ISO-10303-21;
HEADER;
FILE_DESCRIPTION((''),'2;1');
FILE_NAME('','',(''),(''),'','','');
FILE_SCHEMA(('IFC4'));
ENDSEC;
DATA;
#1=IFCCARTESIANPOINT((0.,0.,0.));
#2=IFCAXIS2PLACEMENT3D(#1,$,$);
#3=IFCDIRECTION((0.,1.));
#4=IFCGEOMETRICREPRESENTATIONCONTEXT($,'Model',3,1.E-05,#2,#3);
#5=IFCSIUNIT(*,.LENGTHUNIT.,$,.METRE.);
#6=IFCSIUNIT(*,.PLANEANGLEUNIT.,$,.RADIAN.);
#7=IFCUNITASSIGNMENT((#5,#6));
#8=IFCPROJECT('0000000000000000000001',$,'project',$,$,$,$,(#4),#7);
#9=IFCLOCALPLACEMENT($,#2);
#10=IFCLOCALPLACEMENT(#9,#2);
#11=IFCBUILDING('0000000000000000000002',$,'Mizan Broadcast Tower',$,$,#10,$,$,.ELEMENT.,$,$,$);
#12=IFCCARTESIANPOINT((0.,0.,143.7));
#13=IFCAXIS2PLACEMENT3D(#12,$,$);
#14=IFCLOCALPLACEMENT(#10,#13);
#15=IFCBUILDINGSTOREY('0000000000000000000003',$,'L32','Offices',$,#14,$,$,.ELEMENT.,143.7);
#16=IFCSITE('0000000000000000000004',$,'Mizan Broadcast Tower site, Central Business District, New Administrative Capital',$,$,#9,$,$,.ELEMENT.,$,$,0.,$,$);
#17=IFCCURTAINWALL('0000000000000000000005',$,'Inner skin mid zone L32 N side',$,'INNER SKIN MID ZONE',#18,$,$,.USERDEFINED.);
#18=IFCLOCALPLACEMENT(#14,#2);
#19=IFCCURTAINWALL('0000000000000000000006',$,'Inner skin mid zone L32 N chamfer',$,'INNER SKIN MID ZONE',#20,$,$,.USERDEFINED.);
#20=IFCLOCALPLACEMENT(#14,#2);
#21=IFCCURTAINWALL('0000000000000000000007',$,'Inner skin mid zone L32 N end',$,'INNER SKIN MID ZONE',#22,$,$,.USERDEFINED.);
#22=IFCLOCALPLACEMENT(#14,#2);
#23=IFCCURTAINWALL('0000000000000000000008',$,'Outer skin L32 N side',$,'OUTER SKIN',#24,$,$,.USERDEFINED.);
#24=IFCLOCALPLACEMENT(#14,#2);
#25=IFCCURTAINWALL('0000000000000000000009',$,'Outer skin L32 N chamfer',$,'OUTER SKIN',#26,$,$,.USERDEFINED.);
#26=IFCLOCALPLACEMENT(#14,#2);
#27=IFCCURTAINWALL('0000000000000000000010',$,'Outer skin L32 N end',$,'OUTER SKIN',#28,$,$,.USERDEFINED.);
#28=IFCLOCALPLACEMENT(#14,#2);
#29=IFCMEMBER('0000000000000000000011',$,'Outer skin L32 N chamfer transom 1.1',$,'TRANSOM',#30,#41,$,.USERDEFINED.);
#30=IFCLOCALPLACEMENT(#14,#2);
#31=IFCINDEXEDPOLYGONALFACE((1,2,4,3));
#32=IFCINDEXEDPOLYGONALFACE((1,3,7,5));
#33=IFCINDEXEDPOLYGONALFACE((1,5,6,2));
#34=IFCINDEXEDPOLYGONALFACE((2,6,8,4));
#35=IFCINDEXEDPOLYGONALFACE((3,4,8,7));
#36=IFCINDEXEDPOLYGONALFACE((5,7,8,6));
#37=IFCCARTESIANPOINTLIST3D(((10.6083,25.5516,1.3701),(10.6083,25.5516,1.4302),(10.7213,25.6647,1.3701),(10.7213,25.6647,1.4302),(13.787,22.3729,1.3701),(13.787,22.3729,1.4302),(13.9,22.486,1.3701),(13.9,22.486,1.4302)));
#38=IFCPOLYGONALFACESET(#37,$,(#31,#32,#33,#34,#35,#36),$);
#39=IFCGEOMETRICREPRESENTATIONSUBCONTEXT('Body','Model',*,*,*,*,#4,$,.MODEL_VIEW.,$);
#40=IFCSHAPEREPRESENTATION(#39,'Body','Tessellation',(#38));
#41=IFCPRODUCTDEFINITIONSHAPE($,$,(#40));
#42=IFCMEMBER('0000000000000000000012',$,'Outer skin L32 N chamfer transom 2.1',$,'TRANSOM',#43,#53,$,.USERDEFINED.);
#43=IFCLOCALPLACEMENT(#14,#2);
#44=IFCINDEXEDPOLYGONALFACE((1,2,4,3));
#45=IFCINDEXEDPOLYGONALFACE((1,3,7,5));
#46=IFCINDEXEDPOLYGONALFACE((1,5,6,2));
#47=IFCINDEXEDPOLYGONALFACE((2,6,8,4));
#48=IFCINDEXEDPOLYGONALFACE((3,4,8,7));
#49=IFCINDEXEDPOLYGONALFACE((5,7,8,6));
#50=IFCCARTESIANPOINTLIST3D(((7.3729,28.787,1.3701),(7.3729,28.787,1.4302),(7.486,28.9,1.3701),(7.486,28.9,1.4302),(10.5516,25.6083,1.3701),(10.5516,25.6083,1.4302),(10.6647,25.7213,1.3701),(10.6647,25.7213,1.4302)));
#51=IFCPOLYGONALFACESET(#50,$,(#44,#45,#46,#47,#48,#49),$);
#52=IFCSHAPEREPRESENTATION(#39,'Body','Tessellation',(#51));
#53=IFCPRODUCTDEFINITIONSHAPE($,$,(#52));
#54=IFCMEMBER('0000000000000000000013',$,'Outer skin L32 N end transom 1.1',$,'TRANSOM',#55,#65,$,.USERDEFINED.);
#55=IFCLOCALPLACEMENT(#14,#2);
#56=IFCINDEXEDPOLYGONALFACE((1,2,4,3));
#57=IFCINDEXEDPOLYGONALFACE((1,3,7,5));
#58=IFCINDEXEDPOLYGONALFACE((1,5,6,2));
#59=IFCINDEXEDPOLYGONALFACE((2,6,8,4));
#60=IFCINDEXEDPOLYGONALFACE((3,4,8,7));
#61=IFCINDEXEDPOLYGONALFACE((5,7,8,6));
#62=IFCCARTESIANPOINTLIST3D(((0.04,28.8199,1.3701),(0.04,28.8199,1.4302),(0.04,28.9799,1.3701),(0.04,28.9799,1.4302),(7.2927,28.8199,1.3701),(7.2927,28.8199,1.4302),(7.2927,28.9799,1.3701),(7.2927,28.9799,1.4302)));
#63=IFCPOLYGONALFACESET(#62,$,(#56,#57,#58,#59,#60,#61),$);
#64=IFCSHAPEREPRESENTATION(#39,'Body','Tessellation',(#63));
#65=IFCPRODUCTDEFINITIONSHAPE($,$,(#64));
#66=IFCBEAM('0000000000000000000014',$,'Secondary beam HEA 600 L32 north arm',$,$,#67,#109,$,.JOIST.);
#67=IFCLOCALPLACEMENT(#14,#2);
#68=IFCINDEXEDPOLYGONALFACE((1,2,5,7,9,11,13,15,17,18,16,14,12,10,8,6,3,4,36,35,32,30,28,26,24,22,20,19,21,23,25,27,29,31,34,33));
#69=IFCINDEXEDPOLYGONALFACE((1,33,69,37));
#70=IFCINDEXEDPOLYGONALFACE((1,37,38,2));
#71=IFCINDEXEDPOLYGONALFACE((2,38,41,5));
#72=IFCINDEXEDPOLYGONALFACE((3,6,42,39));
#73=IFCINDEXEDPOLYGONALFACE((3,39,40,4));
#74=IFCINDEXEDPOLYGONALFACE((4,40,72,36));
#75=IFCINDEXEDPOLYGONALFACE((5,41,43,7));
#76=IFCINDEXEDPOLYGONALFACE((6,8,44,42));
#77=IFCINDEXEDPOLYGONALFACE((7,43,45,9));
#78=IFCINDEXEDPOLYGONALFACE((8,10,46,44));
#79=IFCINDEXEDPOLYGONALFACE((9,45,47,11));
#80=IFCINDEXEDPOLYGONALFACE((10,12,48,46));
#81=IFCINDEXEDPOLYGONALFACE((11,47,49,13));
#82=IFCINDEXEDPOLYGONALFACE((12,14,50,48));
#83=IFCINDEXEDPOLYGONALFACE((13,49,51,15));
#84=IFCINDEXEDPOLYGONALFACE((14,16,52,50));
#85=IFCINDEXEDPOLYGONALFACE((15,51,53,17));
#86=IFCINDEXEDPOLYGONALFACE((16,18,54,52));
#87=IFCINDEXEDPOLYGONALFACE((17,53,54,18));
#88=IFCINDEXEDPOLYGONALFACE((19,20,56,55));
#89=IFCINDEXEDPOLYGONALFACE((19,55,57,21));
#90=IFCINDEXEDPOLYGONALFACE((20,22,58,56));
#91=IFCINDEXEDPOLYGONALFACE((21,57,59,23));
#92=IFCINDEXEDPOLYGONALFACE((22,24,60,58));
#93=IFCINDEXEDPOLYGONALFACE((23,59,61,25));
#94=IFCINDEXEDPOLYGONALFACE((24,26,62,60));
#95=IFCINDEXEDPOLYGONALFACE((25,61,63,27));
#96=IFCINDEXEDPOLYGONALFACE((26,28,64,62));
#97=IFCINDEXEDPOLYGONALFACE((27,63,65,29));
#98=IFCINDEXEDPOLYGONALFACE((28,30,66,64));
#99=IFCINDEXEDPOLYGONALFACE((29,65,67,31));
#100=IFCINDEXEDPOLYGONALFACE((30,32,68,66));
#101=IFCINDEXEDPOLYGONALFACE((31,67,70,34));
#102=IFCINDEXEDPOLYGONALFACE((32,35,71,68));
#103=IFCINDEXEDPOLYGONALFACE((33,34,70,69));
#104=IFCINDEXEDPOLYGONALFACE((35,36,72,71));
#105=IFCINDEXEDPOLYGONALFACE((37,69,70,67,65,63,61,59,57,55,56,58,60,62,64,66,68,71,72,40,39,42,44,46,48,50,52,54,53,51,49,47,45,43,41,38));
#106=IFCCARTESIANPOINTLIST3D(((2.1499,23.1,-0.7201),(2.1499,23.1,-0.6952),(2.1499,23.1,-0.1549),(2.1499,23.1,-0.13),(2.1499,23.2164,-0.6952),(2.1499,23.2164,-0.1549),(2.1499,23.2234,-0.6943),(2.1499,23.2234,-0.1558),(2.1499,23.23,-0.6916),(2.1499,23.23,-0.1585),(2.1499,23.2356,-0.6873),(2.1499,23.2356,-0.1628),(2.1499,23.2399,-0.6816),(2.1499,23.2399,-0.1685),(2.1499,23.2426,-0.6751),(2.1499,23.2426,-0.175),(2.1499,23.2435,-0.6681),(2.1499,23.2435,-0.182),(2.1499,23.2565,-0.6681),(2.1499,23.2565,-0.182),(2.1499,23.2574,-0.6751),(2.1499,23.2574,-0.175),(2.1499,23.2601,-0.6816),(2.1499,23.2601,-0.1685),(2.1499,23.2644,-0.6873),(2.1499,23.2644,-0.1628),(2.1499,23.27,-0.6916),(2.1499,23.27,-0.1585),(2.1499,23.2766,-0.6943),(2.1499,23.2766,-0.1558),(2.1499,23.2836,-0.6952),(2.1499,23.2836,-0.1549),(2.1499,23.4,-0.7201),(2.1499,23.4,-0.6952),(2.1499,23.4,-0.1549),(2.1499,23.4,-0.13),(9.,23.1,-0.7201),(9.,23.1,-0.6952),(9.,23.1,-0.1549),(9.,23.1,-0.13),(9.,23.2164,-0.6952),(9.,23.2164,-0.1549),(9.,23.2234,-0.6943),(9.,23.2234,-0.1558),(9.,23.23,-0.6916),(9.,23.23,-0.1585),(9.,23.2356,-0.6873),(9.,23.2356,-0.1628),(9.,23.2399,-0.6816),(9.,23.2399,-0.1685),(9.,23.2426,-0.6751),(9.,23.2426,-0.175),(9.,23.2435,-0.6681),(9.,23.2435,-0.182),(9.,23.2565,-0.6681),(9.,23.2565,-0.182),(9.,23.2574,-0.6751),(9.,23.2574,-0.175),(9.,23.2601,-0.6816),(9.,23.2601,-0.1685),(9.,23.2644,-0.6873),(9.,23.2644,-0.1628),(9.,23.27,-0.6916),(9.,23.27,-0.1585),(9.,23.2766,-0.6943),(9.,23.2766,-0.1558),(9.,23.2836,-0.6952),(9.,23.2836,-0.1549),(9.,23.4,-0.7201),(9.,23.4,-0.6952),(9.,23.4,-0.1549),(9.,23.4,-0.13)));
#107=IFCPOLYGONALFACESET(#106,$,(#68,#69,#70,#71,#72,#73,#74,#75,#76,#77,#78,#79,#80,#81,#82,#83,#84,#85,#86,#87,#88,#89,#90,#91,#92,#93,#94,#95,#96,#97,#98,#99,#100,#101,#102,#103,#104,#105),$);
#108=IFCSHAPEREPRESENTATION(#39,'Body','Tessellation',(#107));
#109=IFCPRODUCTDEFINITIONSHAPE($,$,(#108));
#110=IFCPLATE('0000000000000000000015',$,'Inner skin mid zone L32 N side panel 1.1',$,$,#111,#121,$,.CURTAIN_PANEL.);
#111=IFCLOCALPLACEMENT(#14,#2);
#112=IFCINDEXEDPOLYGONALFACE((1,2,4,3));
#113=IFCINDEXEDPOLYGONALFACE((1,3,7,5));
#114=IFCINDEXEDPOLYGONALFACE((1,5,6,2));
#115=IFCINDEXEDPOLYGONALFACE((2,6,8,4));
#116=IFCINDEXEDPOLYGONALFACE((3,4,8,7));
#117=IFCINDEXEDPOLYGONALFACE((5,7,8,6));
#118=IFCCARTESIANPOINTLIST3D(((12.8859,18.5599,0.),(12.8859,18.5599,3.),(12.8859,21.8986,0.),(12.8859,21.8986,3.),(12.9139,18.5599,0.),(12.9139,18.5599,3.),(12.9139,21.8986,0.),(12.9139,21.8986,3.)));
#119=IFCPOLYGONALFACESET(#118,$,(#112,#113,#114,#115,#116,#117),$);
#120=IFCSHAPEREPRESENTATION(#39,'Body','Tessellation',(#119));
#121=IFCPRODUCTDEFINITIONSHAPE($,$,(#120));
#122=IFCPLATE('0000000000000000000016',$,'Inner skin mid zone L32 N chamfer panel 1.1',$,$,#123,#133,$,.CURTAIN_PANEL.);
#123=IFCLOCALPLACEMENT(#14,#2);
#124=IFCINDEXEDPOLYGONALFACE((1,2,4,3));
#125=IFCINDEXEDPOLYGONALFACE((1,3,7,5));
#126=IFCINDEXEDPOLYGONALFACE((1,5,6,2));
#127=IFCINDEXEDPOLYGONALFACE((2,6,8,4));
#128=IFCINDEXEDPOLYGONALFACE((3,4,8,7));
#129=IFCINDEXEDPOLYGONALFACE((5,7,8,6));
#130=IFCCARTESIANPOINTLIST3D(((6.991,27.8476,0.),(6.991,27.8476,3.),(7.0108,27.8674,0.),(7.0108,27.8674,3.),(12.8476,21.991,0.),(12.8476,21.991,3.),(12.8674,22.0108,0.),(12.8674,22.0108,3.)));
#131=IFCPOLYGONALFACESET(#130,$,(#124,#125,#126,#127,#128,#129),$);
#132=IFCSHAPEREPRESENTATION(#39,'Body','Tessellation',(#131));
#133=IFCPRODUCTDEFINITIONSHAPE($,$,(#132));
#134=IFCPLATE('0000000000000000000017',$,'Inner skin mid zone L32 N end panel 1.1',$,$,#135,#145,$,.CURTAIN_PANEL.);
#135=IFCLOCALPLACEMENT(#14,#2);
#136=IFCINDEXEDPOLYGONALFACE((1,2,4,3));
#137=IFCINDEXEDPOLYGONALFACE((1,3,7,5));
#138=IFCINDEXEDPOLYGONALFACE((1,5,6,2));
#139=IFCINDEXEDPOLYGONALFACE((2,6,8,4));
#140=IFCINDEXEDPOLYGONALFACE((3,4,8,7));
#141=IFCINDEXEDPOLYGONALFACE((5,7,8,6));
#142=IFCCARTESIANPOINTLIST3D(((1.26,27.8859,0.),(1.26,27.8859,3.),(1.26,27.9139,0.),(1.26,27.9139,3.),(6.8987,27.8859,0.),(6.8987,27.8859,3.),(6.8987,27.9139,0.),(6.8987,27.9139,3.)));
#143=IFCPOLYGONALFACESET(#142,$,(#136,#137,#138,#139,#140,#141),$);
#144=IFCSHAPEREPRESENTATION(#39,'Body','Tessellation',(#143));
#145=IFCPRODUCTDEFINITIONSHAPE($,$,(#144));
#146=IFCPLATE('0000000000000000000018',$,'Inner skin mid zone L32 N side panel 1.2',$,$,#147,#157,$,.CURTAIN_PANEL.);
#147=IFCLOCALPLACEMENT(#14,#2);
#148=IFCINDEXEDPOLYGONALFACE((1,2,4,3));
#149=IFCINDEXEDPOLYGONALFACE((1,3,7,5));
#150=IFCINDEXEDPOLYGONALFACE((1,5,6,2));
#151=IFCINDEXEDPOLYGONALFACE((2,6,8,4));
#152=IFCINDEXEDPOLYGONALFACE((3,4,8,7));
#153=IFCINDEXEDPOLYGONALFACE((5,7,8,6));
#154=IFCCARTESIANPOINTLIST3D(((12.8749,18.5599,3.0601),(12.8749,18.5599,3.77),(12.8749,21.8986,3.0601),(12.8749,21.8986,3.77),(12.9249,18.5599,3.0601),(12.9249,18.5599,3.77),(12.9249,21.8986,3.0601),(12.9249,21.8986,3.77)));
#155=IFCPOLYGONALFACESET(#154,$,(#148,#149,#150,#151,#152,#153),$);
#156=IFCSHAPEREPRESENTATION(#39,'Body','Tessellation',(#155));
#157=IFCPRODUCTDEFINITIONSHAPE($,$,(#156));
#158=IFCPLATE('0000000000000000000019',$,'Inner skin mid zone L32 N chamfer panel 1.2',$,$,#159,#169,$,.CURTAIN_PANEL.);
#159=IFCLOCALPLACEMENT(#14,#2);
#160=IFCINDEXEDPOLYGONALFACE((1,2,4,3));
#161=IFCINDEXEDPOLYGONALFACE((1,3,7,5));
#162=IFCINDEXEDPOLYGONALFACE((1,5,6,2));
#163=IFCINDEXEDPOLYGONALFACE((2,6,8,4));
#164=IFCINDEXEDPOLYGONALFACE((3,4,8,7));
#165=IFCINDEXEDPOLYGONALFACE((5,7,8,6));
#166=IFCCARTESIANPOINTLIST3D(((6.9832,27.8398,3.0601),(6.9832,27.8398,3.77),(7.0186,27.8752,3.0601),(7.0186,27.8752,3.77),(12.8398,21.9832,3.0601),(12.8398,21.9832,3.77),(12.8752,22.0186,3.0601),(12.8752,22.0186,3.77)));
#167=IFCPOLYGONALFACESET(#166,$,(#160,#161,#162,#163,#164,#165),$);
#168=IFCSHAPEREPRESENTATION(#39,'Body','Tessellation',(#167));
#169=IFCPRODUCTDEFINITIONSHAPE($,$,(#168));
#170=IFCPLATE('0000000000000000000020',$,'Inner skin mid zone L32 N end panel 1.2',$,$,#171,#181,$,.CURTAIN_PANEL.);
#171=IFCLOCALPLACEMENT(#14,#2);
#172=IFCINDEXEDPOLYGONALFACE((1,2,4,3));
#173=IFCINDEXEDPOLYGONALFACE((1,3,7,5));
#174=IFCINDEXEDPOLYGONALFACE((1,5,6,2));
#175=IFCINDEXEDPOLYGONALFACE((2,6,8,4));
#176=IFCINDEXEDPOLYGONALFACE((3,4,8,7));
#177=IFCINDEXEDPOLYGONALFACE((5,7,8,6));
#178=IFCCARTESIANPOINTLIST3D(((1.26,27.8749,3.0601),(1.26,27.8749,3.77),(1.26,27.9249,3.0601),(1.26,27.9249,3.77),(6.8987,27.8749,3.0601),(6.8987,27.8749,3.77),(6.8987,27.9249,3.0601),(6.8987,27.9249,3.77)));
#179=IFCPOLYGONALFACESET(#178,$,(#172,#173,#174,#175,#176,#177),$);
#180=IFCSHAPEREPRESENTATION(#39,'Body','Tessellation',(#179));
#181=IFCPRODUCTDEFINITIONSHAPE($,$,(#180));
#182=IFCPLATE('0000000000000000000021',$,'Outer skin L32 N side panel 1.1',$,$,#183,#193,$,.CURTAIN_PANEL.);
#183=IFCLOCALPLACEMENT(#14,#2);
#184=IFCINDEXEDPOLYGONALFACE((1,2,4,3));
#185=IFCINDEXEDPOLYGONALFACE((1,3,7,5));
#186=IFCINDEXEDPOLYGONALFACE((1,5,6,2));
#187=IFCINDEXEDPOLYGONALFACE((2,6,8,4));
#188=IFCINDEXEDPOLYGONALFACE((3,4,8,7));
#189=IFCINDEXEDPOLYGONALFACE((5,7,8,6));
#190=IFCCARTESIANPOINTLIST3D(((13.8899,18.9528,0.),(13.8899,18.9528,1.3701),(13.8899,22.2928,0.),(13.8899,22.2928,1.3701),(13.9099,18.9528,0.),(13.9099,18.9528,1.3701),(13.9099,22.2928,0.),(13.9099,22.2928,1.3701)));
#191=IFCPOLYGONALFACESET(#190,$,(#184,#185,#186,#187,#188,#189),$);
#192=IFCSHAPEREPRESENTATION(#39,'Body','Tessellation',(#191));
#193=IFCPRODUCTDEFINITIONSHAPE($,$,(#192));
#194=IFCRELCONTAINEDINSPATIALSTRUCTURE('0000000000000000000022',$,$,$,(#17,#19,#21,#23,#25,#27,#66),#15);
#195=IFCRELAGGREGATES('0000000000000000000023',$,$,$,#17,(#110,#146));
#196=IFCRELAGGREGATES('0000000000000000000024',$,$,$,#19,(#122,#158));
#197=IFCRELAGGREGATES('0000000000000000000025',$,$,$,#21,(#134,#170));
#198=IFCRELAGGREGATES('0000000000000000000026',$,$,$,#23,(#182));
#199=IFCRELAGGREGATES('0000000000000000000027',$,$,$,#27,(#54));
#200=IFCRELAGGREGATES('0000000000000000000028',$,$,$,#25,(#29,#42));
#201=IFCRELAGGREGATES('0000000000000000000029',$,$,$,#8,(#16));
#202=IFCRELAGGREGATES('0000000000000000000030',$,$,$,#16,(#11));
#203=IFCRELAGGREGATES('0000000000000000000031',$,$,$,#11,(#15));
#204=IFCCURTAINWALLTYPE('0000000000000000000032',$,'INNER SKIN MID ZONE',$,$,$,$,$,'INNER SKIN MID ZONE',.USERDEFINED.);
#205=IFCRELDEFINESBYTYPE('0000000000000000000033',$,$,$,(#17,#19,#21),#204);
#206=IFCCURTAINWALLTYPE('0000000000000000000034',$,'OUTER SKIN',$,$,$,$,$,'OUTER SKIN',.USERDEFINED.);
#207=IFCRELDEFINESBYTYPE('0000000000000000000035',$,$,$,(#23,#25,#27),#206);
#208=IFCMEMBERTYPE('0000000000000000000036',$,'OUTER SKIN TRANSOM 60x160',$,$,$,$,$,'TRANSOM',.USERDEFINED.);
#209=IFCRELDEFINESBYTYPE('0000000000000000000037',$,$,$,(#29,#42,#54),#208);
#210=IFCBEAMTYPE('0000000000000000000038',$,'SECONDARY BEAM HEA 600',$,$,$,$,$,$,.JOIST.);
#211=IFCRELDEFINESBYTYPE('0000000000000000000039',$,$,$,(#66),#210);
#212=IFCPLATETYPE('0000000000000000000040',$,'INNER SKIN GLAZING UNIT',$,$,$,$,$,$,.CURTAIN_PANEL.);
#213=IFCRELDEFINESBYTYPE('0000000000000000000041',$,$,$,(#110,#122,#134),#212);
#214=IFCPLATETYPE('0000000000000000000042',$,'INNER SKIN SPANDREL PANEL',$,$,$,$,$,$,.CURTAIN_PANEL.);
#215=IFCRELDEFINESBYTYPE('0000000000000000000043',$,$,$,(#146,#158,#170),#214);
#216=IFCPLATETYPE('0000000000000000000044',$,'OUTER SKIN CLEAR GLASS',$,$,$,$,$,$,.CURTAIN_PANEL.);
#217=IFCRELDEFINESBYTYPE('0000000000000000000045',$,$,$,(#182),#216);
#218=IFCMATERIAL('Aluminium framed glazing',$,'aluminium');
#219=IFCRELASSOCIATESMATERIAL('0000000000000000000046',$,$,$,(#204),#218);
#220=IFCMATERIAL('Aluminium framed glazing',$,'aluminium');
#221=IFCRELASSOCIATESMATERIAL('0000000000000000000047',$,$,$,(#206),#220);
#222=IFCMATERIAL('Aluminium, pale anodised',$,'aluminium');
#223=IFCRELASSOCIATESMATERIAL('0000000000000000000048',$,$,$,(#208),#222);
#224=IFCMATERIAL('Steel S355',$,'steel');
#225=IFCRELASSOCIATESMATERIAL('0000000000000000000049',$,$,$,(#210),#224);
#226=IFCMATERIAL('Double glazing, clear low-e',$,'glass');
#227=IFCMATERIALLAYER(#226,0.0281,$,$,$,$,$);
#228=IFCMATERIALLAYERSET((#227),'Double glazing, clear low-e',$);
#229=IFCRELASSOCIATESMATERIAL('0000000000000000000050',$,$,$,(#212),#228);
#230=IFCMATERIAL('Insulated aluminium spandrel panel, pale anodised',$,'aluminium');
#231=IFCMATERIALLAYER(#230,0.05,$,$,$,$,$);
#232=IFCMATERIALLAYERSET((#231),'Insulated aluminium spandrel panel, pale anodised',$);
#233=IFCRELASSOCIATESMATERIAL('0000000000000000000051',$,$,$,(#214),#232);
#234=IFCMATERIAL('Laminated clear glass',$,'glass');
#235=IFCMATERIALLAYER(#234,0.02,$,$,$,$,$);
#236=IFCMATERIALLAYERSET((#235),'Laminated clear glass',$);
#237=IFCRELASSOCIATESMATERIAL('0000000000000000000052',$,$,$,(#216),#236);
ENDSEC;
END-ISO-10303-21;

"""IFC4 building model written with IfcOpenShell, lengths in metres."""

from ifc_helpers import new_model, si_unit, direction, frame, origin, origin_2d, place, context, subcontext, project, spatial, rectangle, i_section, extrude, material, layer, layer_set, material_profile, profile_set, type_object, element, aggregate, save


model = new_model("IFC4")

# Units and contexts
model_context = context("Model", 3, precision=1e-05, world=origin(), true_north=direction((0.0, 1.0)))
body_context = subcontext(model_context, "Body", "Model", "MODEL_VIEW")
ifc_project = project(units=[si_unit("LENGTHUNIT", "METRE"), si_unit("PLANEANGLEUNIT", "RADIAN")], contexts=[model_context])

# Site, building, storey
site_placement = place(None, origin())
site = spatial("IfcSite", under=ifc_project, at=site_placement, Name="Mizan Broadcast Tower site, Central Business District, New Administrative Capital", CompositionType="ELEMENT", RefElevation=0.0)
building_placement = place(site_placement, origin())
building = spatial("IfcBuilding", under=site, at=building_placement, Name="Mizan Broadcast Tower", CompositionType="ELEMENT")
storey_placement = place(building_placement, frame((0.0, 0.0, 143.7)))
storey = spatial("IfcBuildingStorey", under=building, at=storey_placement, Name="L32", Description="Offices", CompositionType="ELEMENT", Elevation=143.7)

# Curtain walls
ifc_material_1 = material(Name="Aluminium framed glazing", Category="aluminium")
curtain_wall_type_1 = type_object("IfcCurtainWallType", Name="INNER SKIN MID ZONE", ElementType="INNER SKIN MID ZONE", PredefinedType="USERDEFINED", material=ifc_material_1)
curtain_wall_1_placement = place(storey_placement, origin())
curtain_wall_1 = element("IfcCurtainWall", 1, at=curtain_wall_1_placement, inside=storey, type_object=curtain_wall_type_1, Name="Inner skin mid zone L32 N side", ObjectType="INNER SKIN MID ZONE", PredefinedType="USERDEFINED")
curtain_wall_2_placement = place(storey_placement, origin())
curtain_wall_2 = element("IfcCurtainWall", 2, at=curtain_wall_2_placement, inside=storey, type_object=curtain_wall_type_1, Name="Inner skin mid zone L32 N chamfer", ObjectType="INNER SKIN MID ZONE", PredefinedType="USERDEFINED")
curtain_wall_3_placement = place(storey_placement, origin())
curtain_wall_3 = element("IfcCurtainWall", 3, at=curtain_wall_3_placement, inside=storey, type_object=curtain_wall_type_1, Name="Inner skin mid zone L32 N end", ObjectType="INNER SKIN MID ZONE", PredefinedType="USERDEFINED")

# Curtain wall
ifc_material_2 = material(Name="Aluminium framed glazing", Category="aluminium")
curtain_wall_type_2 = type_object("IfcCurtainWallType", Name="OUTER SKIN", ElementType="OUTER SKIN", PredefinedType="USERDEFINED", material=ifc_material_2)
curtain_wall_4_placement = place(storey_placement, origin())
curtain_wall_4 = element("IfcCurtainWall", 4, at=curtain_wall_4_placement, inside=storey, type_object=curtain_wall_type_2, Name="Outer skin L32 N side", ObjectType="OUTER SKIN", PredefinedType="USERDEFINED")

# Curtain wall
curtain_wall_5_placement = place(storey_placement, origin())
curtain_wall_5 = element("IfcCurtainWall", 5, at=curtain_wall_5_placement, inside=storey, type_object=curtain_wall_type_2, Name="Outer skin L32 N chamfer", ObjectType="OUTER SKIN", PredefinedType="USERDEFINED")

# Curtain wall
curtain_wall_6_placement = place(storey_placement, origin())
curtain_wall_6 = element("IfcCurtainWall", 6, at=curtain_wall_6_placement, inside=storey, type_object=curtain_wall_type_2, Name="Outer skin L32 N end", ObjectType="OUTER SKIN", PredefinedType="USERDEFINED")

# Members
ifc_material_3 = material(Name="Aluminium, pale anodised", Category="aluminium")
ifc_material_profile_1 = material_profile(ifc_material_3, rectangle(XDim=0.1599, YDim=0.0601, at=origin_2d()), Name="TRANSOM 160x60")
ifc_profile_set_1 = profile_set([ifc_material_profile_1], Name="Aluminium, pale anodised")
member_type_1 = type_object("IfcMemberType", Name="OUTER SKIN TRANSOM 60x160", ElementType="TRANSOM", PredefinedType="USERDEFINED", material=ifc_profile_set_1)
member_1_placement = place(storey_placement, frame((13.8435, 22.4294, 1.4001), z_axis=(-0.707107, 0.707107, 0.0), x_axis=(-0.707107, -0.707107, 0.0)))
member_1 = element("IfcMember", 7, at=member_1_placement, type_object=member_type_1, Name="Outer skin L32 N chamfer transom 1.1", ObjectType="TRANSOM", PredefinedType="USERDEFINED", context=body_context, shape_type="SweptSolid", body=[
    extrude(rectangle(XDim=0.1599, YDim=0.0601, at=origin_2d()), origin(), (0.0, 0.0, 1.0), 4.4954),
])
member_2_placement = place(storey_placement, frame((10.6082, 25.6648, 1.4001), z_axis=(-0.707107, 0.707107, 0.0), x_axis=(-0.707107, -0.707107, 0.0)))
member_2 = element("IfcMember", 8, at=member_2_placement, type_object=member_type_1, Name="Outer skin L32 N chamfer transom 2.1", ObjectType="TRANSOM", PredefinedType="USERDEFINED", context=body_context, shape_type="SweptSolid", body=[
    extrude(rectangle(XDim=0.1599, YDim=0.0601, at=origin_2d()), origin(), (0.0, 0.0, 1.0), 4.4954),
])
member_3_placement = place(storey_placement, frame((7.2927, 28.8999, 1.4001), z_axis=(-1.0, 0.0, 0.0), x_axis=(0.0, -1.0, 0.0)))
member_3 = element("IfcMember", 9, at=member_3_placement, type_object=member_type_1, Name="Outer skin L32 N end transom 1.1", ObjectType="TRANSOM", PredefinedType="USERDEFINED", context=body_context, shape_type="SweptSolid", body=[
    extrude(rectangle(XDim=0.1599, YDim=0.0601, at=origin_2d()), origin(), (0.0, 0.0, 1.0), 7.2527),
])

# Beam
ifc_material_4 = material(Name="Steel S355", Category="steel")
ifc_material_profile_2 = material_profile(ifc_material_4, i_section(OverallWidth=0.3, OverallDepth=0.5901, WebThickness=0.0129, FlangeThickness=0.0249, FilletRadius=0.0271, at=origin_2d()), Name="HEA 600")
ifc_profile_set_2 = profile_set([ifc_material_profile_2], Name="Steel S355")
beam_type_1 = type_object("IfcBeamType", Name="SECONDARY BEAM HEA 600", PredefinedType="JOIST", material=ifc_profile_set_2)
beam_1_placement = place(storey_placement, frame((9.0, 23.25, -0.425), z_axis=(-1.0, 0.0, 0.0), x_axis=(0.0, -1.0, 0.0)))
element("IfcBeam", 10, at=beam_1_placement, inside=storey, type_object=beam_type_1, Name="Secondary beam HEA 600 L32 north arm", PredefinedType="JOIST", context=body_context, shape_type="SweptSolid", body=[
    extrude(i_section(OverallWidth=0.3, OverallDepth=0.5901, WebThickness=0.0129, FlangeThickness=0.0249, FilletRadius=0.0271, at=origin_2d()), origin(), (0.0, 0.0, 1.0), 6.8501),
])

# Plates
ifc_material_5 = material(Name="Double glazing, clear low-e", Category="glass")
ifc_layer_1 = layer(ifc_material_5, 0.0281)
ifc_layer_set_1 = layer_set([ifc_layer_1], Name="Double glazing, clear low-e")
plate_type_1 = type_object("IfcPlateType", Name="INNER SKIN GLAZING UNIT", PredefinedType="CURTAIN_PANEL", material=ifc_layer_set_1)
plate_1_placement = place(storey_placement, frame((12.8999, 20.2292, 0.0), z_axis=(0.0, 0.0, 1.0), x_axis=(0.0, 1.0, 0.0)))
plate_1 = element("IfcPlate", 11, at=plate_1_placement, type_object=plate_type_1, Name="Inner skin mid zone L32 N side panel 1.1", PredefinedType="CURTAIN_PANEL", context=body_context, shape_type="SweptSolid", body=[
    extrude(rectangle(XDim=3.3386, YDim=0.0281, at=origin_2d()), origin(), (0.0, 0.0, 1.0), 3.0),
])
plate_2_placement = place(storey_placement, frame((9.9292, 24.9292, 0.0), z_axis=(0.0, 0.0, 1.0), x_axis=(-0.707107, 0.707107, 0.0)))
plate_2 = element("IfcPlate", 12, at=plate_2_placement, type_object=plate_type_1, Name="Inner skin mid zone L32 N chamfer panel 1.1", PredefinedType="CURTAIN_PANEL", context=body_context, shape_type="SweptSolid", body=[
    extrude(rectangle(XDim=8.2825, YDim=0.0281, at=origin_2d()), origin(), (0.0, 0.0, 1.0), 3.0),
])
plate_3_placement = place(storey_placement, frame((4.0793, 27.8999, 0.0), z_axis=(0.0, 0.0, 1.0), x_axis=(-1.0, 0.0, 0.0)))
plate_3 = element("IfcPlate", 13, at=plate_3_placement, type_object=plate_type_1, Name="Inner skin mid zone L32 N end panel 1.1", PredefinedType="CURTAIN_PANEL", context=body_context, shape_type="SweptSolid", body=[
    extrude(rectangle(XDim=5.6387, YDim=0.0281, at=origin_2d()), origin(), (0.0, 0.0, 1.0), 3.0),
])
ifc_material_6 = material(Name="Insulated aluminium spandrel panel, pale anodised", Category="aluminium")
ifc_layer_2 = layer(ifc_material_6, 0.05)
ifc_layer_set_2 = layer_set([ifc_layer_2], Name="Insulated aluminium spandrel panel, pale anodised")
plate_type_2 = type_object("IfcPlateType", Name="INNER SKIN SPANDREL PANEL", PredefinedType="CURTAIN_PANEL", material=ifc_layer_set_2)
plate_4_placement = place(storey_placement, frame((12.8999, 20.2292, 3.0601), z_axis=(0.0, 0.0, 1.0), x_axis=(0.0, 1.0, 0.0)))
plate_4 = element("IfcPlate", 14, at=plate_4_placement, type_object=plate_type_2, Name="Inner skin mid zone L32 N side panel 1.2", PredefinedType="CURTAIN_PANEL", context=body_context, shape_type="SweptSolid", body=[
    extrude(rectangle(XDim=3.3386, YDim=0.05, at=origin_2d()), origin(), (0.0, 0.0, 1.0), 0.71),
])
aggregate(curtain_wall_1, [plate_1, plate_4])
plate_5_placement = place(storey_placement, frame((9.9292, 24.9292, 3.0601), z_axis=(0.0, 0.0, 1.0), x_axis=(-0.707107, 0.707107, 0.0)))
plate_5 = element("IfcPlate", 15, at=plate_5_placement, type_object=plate_type_2, Name="Inner skin mid zone L32 N chamfer panel 1.2", PredefinedType="CURTAIN_PANEL", context=body_context, shape_type="SweptSolid", body=[
    extrude(rectangle(XDim=8.2825, YDim=0.05, at=origin_2d()), origin(), (0.0, 0.0, 1.0), 0.71),
])
aggregate(curtain_wall_2, [plate_2, plate_5])
plate_6_placement = place(storey_placement, frame((4.0793, 27.8999, 3.0601), z_axis=(0.0, 0.0, 1.0), x_axis=(-1.0, 0.0, 0.0)))
plate_6 = element("IfcPlate", 16, at=plate_6_placement, type_object=plate_type_2, Name="Inner skin mid zone L32 N end panel 1.2", PredefinedType="CURTAIN_PANEL", context=body_context, shape_type="SweptSolid", body=[
    extrude(rectangle(XDim=5.6387, YDim=0.05, at=origin_2d()), origin(), (0.0, 0.0, 1.0), 0.71),
])
aggregate(curtain_wall_3, [plate_3, plate_6])
ifc_material_7 = material(Name="Laminated clear glass", Category="glass")
ifc_layer_3 = layer(ifc_material_7, 0.02)
ifc_layer_set_3 = layer_set([ifc_layer_3], Name="Laminated clear glass")
plate_type_3 = type_object("IfcPlateType", Name="OUTER SKIN CLEAR GLASS", PredefinedType="CURTAIN_PANEL", material=ifc_layer_set_3)
plate_7_placement = place(storey_placement, frame((13.8999, 20.6228, 0.0), z_axis=(0.0, 0.0, 1.0), x_axis=(0.0, 1.0, 0.0)))
plate_7 = element("IfcPlate", 17, at=plate_7_placement, type_object=plate_type_3, Name="Outer skin L32 N side panel 1.1", PredefinedType="CURTAIN_PANEL", context=body_context, shape_type="SweptSolid", body=[
    extrude(rectangle(XDim=3.3401, YDim=0.02, at=origin_2d()), origin(), (0.0, 0.0, 1.0), 1.3701),
])
aggregate(curtain_wall_4, [plate_7])
aggregate(curtain_wall_6, [member_3])
aggregate(curtain_wall_5, [member_1, member_2])

save(model, "model.ifc")
